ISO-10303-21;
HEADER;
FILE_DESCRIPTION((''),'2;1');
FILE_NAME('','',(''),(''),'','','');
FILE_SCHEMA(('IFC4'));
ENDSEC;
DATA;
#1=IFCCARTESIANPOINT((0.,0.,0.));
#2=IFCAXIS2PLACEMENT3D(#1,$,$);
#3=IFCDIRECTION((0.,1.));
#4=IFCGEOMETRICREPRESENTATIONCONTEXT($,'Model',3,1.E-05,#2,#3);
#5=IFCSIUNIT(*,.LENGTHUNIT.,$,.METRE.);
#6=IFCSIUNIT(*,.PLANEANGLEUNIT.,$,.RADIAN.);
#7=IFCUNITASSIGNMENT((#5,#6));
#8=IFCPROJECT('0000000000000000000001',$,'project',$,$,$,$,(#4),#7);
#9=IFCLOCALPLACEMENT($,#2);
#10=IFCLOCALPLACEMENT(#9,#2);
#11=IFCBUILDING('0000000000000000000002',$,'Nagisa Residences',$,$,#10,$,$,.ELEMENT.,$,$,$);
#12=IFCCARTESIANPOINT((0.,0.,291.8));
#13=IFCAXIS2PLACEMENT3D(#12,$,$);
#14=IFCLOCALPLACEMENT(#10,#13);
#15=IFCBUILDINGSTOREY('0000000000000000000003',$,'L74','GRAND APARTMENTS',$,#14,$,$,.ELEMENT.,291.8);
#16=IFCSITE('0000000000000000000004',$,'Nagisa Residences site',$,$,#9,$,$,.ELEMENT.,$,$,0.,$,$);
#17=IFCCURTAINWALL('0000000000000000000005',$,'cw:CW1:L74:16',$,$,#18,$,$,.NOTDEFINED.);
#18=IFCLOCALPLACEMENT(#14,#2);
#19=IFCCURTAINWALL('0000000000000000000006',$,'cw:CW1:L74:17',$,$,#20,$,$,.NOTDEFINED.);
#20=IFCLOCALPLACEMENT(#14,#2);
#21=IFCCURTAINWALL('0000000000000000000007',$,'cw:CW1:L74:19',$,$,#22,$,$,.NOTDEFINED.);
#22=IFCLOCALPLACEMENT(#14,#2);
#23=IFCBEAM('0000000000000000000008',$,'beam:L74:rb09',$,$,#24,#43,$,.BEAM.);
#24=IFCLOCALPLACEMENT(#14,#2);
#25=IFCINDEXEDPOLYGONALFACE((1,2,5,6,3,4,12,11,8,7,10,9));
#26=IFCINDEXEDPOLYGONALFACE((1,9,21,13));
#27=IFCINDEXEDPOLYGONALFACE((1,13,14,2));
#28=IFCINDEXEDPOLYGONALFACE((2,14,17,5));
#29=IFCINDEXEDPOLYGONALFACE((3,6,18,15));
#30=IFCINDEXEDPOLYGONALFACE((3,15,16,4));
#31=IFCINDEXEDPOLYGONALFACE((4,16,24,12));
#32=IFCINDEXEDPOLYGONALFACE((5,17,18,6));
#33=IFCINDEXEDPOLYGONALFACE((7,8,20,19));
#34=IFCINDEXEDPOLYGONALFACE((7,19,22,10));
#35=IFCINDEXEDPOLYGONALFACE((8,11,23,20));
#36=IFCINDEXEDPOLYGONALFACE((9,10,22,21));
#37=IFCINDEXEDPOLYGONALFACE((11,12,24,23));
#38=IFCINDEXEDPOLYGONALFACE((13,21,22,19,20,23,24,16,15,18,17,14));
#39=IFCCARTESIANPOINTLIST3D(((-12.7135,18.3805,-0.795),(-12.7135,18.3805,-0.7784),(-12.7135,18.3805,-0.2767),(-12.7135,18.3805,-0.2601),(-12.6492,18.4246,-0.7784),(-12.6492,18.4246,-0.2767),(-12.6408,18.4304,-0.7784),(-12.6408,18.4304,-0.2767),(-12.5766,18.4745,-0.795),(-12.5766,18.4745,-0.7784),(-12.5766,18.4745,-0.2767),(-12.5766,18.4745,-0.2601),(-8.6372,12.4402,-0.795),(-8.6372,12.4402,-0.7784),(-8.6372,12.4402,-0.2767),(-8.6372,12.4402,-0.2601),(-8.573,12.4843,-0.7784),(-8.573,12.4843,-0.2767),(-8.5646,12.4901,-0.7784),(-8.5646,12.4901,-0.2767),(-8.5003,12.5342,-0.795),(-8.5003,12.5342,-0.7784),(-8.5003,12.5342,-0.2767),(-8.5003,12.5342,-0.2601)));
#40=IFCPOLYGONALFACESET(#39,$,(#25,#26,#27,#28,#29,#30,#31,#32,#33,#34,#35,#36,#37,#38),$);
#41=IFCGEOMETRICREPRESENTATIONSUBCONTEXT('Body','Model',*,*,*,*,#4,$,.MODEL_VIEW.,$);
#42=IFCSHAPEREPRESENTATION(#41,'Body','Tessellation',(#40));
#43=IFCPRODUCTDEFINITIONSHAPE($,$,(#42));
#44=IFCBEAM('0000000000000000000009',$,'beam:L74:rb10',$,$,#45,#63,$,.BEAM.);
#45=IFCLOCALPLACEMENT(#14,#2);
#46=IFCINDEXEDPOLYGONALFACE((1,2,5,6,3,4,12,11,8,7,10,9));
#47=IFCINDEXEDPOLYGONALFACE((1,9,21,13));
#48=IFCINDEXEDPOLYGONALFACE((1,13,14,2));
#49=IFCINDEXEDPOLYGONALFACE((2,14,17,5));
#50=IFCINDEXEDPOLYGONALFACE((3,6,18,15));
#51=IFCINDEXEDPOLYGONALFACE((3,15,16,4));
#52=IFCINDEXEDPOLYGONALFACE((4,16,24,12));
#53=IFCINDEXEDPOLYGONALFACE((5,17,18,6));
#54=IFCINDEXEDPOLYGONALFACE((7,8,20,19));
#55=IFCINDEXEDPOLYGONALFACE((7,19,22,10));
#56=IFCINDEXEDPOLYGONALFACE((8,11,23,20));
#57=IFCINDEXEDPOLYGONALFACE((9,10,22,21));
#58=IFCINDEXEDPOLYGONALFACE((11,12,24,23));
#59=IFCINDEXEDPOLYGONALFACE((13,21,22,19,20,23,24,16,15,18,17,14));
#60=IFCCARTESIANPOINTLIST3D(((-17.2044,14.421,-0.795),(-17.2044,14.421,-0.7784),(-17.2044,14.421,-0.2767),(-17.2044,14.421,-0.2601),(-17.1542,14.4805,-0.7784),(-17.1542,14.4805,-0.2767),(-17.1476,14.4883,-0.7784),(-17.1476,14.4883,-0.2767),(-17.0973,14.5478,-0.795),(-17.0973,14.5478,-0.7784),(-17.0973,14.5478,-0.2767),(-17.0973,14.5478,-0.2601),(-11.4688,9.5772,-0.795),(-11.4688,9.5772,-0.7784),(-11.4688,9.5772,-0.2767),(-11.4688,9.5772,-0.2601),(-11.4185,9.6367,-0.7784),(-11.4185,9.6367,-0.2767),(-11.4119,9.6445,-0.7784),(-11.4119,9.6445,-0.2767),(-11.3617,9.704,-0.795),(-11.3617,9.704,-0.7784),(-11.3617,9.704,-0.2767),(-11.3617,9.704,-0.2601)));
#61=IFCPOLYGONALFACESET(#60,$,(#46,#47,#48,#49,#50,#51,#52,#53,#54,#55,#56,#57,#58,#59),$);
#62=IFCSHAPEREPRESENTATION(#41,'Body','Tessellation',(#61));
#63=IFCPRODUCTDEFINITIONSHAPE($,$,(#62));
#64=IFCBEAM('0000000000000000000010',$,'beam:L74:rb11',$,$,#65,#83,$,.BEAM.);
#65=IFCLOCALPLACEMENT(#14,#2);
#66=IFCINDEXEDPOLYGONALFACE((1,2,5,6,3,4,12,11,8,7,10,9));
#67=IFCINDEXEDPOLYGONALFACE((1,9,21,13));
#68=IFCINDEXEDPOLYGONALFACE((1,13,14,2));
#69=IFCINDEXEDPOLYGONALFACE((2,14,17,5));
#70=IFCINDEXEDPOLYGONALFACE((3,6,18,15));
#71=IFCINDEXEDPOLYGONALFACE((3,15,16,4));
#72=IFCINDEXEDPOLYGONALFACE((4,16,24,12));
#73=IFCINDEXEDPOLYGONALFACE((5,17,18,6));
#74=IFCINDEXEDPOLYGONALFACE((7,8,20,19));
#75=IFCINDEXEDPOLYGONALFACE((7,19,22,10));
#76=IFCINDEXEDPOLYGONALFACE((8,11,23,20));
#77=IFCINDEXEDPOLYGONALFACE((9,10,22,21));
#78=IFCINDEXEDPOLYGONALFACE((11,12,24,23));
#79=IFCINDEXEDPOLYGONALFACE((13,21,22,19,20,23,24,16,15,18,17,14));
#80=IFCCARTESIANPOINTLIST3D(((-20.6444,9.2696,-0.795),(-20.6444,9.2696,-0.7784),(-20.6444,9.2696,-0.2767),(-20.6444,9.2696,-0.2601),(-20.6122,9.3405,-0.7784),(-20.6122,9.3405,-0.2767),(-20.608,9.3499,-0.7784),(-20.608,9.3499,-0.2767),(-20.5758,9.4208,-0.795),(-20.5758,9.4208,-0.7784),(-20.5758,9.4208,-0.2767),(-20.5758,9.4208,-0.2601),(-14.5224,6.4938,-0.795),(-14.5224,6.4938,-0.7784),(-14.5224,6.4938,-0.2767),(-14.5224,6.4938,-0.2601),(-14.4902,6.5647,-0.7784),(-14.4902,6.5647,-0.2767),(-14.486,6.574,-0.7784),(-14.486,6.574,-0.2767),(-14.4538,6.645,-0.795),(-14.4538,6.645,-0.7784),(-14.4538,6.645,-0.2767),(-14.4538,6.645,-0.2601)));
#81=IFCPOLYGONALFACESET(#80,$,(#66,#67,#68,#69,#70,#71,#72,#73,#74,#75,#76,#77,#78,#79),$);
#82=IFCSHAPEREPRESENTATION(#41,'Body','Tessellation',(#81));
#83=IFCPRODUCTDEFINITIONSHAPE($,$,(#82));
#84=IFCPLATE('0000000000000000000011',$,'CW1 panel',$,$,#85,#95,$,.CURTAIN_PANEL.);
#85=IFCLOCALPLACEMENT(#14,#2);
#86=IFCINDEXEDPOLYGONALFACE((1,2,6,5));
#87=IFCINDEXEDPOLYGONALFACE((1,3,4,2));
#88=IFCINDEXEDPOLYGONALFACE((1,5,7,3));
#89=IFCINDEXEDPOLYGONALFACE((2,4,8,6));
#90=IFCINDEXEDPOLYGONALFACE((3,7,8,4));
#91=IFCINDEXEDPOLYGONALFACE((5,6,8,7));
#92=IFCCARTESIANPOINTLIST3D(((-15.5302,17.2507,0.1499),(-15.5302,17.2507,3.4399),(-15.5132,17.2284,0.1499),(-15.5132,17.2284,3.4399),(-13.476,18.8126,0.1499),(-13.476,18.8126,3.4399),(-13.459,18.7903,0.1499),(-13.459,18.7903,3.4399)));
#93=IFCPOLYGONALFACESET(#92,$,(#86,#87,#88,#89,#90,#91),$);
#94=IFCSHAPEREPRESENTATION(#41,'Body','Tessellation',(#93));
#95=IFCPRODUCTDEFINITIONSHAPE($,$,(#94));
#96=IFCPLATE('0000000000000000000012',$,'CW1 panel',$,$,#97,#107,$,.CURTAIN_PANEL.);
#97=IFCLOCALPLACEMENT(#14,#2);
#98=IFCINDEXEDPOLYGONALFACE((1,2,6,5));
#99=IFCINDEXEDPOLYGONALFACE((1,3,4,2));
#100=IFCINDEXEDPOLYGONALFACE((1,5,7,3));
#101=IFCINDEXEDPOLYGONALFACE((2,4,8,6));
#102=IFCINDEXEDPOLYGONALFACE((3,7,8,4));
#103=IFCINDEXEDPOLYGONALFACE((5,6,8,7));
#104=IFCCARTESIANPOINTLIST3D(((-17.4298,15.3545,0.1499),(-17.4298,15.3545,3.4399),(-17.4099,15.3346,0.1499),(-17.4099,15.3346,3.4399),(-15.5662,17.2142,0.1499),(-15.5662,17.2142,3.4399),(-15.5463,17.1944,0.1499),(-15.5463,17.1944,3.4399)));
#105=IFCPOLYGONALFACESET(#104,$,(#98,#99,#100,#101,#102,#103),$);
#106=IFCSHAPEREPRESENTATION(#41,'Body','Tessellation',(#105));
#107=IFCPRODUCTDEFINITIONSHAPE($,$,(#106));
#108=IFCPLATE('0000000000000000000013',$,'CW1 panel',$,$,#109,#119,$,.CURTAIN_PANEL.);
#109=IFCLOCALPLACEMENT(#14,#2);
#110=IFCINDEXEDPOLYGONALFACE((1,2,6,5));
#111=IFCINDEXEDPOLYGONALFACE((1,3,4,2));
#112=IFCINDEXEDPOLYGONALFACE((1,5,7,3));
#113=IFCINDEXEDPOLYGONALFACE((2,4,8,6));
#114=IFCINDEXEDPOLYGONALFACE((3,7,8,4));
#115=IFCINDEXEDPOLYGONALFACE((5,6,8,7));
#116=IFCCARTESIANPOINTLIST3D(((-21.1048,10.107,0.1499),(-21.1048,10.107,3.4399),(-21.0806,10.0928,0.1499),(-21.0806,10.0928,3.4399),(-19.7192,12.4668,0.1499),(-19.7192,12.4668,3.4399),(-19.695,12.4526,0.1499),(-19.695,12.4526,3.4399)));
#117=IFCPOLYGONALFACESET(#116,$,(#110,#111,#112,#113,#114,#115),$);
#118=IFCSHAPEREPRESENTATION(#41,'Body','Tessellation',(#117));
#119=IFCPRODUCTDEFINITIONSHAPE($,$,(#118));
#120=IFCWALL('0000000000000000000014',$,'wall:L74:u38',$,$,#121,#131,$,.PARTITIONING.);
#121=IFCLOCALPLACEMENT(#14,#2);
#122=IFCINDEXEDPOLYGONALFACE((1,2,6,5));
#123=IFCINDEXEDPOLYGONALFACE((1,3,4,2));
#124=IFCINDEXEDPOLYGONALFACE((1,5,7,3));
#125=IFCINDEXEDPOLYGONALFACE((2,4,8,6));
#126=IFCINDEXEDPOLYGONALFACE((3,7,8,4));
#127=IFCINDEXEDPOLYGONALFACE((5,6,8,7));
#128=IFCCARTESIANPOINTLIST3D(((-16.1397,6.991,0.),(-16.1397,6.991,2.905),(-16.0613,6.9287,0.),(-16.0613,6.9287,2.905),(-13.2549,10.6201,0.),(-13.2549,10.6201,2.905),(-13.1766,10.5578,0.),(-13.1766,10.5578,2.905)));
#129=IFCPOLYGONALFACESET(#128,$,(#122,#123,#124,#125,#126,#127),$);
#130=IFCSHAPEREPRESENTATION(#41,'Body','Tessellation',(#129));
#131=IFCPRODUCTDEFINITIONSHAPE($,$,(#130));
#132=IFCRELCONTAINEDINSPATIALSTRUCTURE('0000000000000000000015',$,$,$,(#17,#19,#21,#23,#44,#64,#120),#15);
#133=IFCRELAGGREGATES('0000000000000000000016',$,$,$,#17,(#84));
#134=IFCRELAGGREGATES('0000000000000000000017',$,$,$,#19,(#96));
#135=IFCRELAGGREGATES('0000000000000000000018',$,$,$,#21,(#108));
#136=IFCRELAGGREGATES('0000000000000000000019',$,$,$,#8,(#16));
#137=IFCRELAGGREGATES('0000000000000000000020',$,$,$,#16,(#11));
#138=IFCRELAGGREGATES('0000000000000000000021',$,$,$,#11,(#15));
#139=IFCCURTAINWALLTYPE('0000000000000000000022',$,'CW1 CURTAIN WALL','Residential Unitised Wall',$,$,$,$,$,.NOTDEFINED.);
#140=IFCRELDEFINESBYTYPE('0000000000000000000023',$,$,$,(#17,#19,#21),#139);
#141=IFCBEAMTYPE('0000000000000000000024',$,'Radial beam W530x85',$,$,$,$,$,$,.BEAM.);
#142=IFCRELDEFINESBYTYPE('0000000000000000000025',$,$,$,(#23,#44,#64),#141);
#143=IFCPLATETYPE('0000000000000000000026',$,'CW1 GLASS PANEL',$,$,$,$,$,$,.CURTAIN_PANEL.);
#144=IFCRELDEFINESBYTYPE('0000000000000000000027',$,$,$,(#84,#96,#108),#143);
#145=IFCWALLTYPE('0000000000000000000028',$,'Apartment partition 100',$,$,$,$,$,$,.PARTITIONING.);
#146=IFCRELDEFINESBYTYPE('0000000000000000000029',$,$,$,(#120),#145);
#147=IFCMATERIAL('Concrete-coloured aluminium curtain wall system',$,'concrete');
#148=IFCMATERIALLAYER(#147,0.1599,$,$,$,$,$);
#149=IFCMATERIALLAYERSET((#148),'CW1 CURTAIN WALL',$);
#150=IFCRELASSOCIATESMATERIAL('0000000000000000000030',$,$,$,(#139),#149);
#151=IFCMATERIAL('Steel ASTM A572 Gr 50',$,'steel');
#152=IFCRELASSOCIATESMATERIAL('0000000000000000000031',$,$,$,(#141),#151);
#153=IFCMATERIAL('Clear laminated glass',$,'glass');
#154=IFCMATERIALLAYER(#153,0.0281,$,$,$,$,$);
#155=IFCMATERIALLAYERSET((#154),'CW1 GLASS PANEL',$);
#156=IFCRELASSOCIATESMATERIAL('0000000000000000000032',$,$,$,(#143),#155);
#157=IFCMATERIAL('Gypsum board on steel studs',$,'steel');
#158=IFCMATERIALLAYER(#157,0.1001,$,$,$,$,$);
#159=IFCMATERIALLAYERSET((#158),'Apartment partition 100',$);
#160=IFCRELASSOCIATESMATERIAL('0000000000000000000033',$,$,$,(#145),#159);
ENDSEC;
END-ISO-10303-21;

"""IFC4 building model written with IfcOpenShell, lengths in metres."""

from ifc_helpers import new_model, si_unit, direction, frame, frame_2d, origin, origin_2d, place, context, subcontext, project, spatial, rectangle, i_section, extrude, material, layer, layer_set, material_profile, profile_set, type_object, element, aggregate, save


model = new_model("IFC4")

# Units and contexts
model_context = context("Model", 3, precision=1e-05, world=origin(), true_north=direction((0.0, 1.0)))
body_context = subcontext(model_context, "Body", "Model", "MODEL_VIEW")
ifc_project = project(units=[si_unit("LENGTHUNIT", "METRE"), si_unit("PLANEANGLEUNIT", "RADIAN")], contexts=[model_context])

# Site, building, storey
site_placement = place(None, origin())
site = spatial("IfcSite", under=ifc_project, at=site_placement, Name="Nagisa Residences site", CompositionType="ELEMENT", RefElevation=0.0)
building_placement = place(site_placement, origin())
building = spatial("IfcBuilding", under=site, at=building_placement, Name="Nagisa Residences", CompositionType="ELEMENT")
storey_placement = place(building_placement, frame((0.0, 0.0, 291.8)))
storey = spatial("IfcBuildingStorey", under=building, at=storey_placement, Name="L74", Description="GRAND APARTMENTS", CompositionType="ELEMENT", Elevation=291.8)

# Curtain walls
ifc_material_1 = material(Name="Concrete-coloured aluminium curtain wall system", Category="concrete")
ifc_layer_1 = layer(ifc_material_1, 0.1599)
ifc_layer_set_1 = layer_set([ifc_layer_1], Name="CW1 CURTAIN WALL")
curtain_wall_type = type_object("IfcCurtainWallType", Name="CW1 CURTAIN WALL", Description="Residential Unitised Wall", PredefinedType="NOTDEFINED", material=ifc_layer_set_1)
curtain_wall_1_placement = place(storey_placement, origin())
curtain_wall_1 = element("IfcCurtainWall", 1, at=curtain_wall_1_placement, inside=storey, type_object=curtain_wall_type, Name="cw:CW1:L74:16", PredefinedType="NOTDEFINED")
curtain_wall_2_placement = place(storey_placement, origin())
curtain_wall_2 = element("IfcCurtainWall", 2, at=curtain_wall_2_placement, inside=storey, type_object=curtain_wall_type, Name="cw:CW1:L74:17", PredefinedType="NOTDEFINED")
curtain_wall_3_placement = place(storey_placement, origin())
curtain_wall_3 = element("IfcCurtainWall", 3, at=curtain_wall_3_placement, inside=storey, type_object=curtain_wall_type, Name="cw:CW1:L74:19", PredefinedType="NOTDEFINED")

# Beams
ifc_material_2 = material(Name="Steel ASTM A572 Gr 50", Category="steel")
ifc_material_profile_1 = material_profile(ifc_material_2, i_section(OverallWidth=0.166, OverallDepth=0.5349, WebThickness=0.0103, FlangeThickness=0.0166, at=origin_2d()), Name="W530x85")
ifc_profile_set_1 = profile_set([ifc_material_profile_1], Name="Steel ASTM A572 Gr 50")
beam_type_1 = type_object("IfcBeamType", Name="Radial beam W530x85", PredefinedType="BEAM", material=ifc_profile_set_1)
beam_1_placement = place(storey_placement, frame((-12.645, 18.4275, -0.5276), z_axis=(0.565802, -0.824541, 0.0), x_axis=(0.824541, 0.565802, 0.0)))
element("IfcBeam", 4, at=beam_1_placement, inside=storey, type_object=beam_type_1, Name="beam:L74:rb09", PredefinedType="BEAM", context=body_context, shape_type="SweptSolid", body=[
    extrude(i_section(OverallWidth=0.166, OverallDepth=0.5349, WebThickness=0.0103, FlangeThickness=0.0166, at=origin_2d()), origin(), (0.0, 0.0, 1.0), 7.2043),
])
beam_2_placement = place(storey_placement, frame((-17.1509, 14.4844, -0.5276), z_axis=(0.764006, -0.645209, 0.0), x_axis=(0.645209, 0.764006, 0.0)))
element("IfcBeam", 5, at=beam_2_placement, inside=storey, type_object=beam_type_1, Name="beam:L74:rb10", PredefinedType="BEAM", context=body_context, shape_type="SweptSolid", body=[
    extrude(i_section(OverallWidth=0.166, OverallDepth=0.5349, WebThickness=0.0103, FlangeThickness=0.0166, at=origin_2d()), origin(), (0.0, 0.0, 1.0), 7.5073),
])
beam_3_placement = place(storey_placement, frame((-20.6101, 9.3452, -0.5276), z_axis=(0.910752, -0.412954, 0.0), x_axis=(0.412954, 0.910752, 0.0)))
element("IfcBeam", 6, at=beam_3_placement, inside=storey, type_object=beam_type_1, Name="beam:L74:rb11", PredefinedType="BEAM", context=body_context, shape_type="SweptSolid", body=[
    extrude(i_section(OverallWidth=0.166, OverallDepth=0.5349, WebThickness=0.0103, FlangeThickness=0.0166, at=origin_2d()), origin(), (0.0, 0.0, 1.0), 6.7219),
])

# Plates
ifc_material_3 = material(Name="Clear laminated glass", Category="glass")
ifc_layer_2 = layer(ifc_material_3, 0.0281)
ifc_layer_set_2 = layer_set([ifc_layer_2], Name="CW1 GLASS PANEL")
plate_type = type_object("IfcPlateType", Name="CW1 GLASS PANEL", PredefinedType="CURTAIN_PANEL", material=ifc_layer_set_2)
plate_1_placement = place(storey_placement, frame((-14.4946, 18.0205, 0.1499), z_axis=(0.0, 0.0, 1.0), x_axis=(-0.796031, -0.605255, 0.0)))
plate_1 = element("IfcPlate", 7, at=plate_1_placement, type_object=plate_type, Name="CW1 panel", PredefinedType="CURTAIN_PANEL", context=body_context, shape_type="SweptSolid", body=[
    extrude(rectangle(XDim=2.5806, YDim=0.0281, at=origin_2d()), origin(), (0.0, 0.0, 1.0), 3.29),
])
aggregate(curtain_wall_1, [plate_1])
plate_2_placement = place(storey_placement, frame((-16.488, 16.2744, 0.1499), z_axis=(0.0, 0.0, 1.0), x_axis=(-0.707836, -0.706377, 0.0)))
plate_2 = element("IfcPlate", 8, at=plate_2_placement, type_object=plate_type, Name="CW1 panel", PredefinedType="CURTAIN_PANEL", context=body_context, shape_type="SweptSolid", body=[
    extrude(rectangle(XDim=2.6328, YDim=0.0281, at=origin_2d()), origin(), (0.0, 0.0, 1.0), 3.29),
])
aggregate(curtain_wall_2, [plate_2])
plate_3_placement = place(storey_placement, frame((-20.3999, 11.2798, 0.1499), z_axis=(0.0, 0.0, 1.0), x_axis=(-0.506349, -0.862329, 0.0)))
plate_3 = element("IfcPlate", 9, at=plate_3_placement, type_object=plate_type, Name="CW1 panel", PredefinedType="CURTAIN_PANEL", context=body_context, shape_type="SweptSolid", body=[
    extrude(rectangle(XDim=2.7366, YDim=0.0281, at=origin_2d()), origin(), (0.0, 0.0, 1.0), 3.29),
])
aggregate(curtain_wall_3, [plate_3])

# Wall
ifc_material_4 = material(Name="Gypsum board on steel studs", Category="steel")
ifc_layer_3 = layer(ifc_material_4, 0.1001)
ifc_layer_set_3 = layer_set([ifc_layer_3], Name="Apartment partition 100")
wall_type_1 = type_object("IfcWallType", Name="Apartment partition 100", PredefinedType="PARTITIONING", material=ifc_layer_set_3)
wall_1_placement = place(storey_placement, frame((-13.2158, 10.5889, 0.0), z_axis=(0.0, 0.0, 1.0), x_axis=(-0.622252, -0.782817, 0.0)))
element("IfcWall", 10, at=wall_1_placement, inside=storey, type_object=wall_type_1, Name="wall:L74:u38", PredefinedType="PARTITIONING", context=body_context, shape_type="SweptSolid", body=[
    extrude(rectangle(XDim=4.636, YDim=0.1001, at=frame_2d((2.3179, 0.0))), origin(), (0.0, 0.0, 1.0), 2.905),
])

save(model, "model.ifc")
